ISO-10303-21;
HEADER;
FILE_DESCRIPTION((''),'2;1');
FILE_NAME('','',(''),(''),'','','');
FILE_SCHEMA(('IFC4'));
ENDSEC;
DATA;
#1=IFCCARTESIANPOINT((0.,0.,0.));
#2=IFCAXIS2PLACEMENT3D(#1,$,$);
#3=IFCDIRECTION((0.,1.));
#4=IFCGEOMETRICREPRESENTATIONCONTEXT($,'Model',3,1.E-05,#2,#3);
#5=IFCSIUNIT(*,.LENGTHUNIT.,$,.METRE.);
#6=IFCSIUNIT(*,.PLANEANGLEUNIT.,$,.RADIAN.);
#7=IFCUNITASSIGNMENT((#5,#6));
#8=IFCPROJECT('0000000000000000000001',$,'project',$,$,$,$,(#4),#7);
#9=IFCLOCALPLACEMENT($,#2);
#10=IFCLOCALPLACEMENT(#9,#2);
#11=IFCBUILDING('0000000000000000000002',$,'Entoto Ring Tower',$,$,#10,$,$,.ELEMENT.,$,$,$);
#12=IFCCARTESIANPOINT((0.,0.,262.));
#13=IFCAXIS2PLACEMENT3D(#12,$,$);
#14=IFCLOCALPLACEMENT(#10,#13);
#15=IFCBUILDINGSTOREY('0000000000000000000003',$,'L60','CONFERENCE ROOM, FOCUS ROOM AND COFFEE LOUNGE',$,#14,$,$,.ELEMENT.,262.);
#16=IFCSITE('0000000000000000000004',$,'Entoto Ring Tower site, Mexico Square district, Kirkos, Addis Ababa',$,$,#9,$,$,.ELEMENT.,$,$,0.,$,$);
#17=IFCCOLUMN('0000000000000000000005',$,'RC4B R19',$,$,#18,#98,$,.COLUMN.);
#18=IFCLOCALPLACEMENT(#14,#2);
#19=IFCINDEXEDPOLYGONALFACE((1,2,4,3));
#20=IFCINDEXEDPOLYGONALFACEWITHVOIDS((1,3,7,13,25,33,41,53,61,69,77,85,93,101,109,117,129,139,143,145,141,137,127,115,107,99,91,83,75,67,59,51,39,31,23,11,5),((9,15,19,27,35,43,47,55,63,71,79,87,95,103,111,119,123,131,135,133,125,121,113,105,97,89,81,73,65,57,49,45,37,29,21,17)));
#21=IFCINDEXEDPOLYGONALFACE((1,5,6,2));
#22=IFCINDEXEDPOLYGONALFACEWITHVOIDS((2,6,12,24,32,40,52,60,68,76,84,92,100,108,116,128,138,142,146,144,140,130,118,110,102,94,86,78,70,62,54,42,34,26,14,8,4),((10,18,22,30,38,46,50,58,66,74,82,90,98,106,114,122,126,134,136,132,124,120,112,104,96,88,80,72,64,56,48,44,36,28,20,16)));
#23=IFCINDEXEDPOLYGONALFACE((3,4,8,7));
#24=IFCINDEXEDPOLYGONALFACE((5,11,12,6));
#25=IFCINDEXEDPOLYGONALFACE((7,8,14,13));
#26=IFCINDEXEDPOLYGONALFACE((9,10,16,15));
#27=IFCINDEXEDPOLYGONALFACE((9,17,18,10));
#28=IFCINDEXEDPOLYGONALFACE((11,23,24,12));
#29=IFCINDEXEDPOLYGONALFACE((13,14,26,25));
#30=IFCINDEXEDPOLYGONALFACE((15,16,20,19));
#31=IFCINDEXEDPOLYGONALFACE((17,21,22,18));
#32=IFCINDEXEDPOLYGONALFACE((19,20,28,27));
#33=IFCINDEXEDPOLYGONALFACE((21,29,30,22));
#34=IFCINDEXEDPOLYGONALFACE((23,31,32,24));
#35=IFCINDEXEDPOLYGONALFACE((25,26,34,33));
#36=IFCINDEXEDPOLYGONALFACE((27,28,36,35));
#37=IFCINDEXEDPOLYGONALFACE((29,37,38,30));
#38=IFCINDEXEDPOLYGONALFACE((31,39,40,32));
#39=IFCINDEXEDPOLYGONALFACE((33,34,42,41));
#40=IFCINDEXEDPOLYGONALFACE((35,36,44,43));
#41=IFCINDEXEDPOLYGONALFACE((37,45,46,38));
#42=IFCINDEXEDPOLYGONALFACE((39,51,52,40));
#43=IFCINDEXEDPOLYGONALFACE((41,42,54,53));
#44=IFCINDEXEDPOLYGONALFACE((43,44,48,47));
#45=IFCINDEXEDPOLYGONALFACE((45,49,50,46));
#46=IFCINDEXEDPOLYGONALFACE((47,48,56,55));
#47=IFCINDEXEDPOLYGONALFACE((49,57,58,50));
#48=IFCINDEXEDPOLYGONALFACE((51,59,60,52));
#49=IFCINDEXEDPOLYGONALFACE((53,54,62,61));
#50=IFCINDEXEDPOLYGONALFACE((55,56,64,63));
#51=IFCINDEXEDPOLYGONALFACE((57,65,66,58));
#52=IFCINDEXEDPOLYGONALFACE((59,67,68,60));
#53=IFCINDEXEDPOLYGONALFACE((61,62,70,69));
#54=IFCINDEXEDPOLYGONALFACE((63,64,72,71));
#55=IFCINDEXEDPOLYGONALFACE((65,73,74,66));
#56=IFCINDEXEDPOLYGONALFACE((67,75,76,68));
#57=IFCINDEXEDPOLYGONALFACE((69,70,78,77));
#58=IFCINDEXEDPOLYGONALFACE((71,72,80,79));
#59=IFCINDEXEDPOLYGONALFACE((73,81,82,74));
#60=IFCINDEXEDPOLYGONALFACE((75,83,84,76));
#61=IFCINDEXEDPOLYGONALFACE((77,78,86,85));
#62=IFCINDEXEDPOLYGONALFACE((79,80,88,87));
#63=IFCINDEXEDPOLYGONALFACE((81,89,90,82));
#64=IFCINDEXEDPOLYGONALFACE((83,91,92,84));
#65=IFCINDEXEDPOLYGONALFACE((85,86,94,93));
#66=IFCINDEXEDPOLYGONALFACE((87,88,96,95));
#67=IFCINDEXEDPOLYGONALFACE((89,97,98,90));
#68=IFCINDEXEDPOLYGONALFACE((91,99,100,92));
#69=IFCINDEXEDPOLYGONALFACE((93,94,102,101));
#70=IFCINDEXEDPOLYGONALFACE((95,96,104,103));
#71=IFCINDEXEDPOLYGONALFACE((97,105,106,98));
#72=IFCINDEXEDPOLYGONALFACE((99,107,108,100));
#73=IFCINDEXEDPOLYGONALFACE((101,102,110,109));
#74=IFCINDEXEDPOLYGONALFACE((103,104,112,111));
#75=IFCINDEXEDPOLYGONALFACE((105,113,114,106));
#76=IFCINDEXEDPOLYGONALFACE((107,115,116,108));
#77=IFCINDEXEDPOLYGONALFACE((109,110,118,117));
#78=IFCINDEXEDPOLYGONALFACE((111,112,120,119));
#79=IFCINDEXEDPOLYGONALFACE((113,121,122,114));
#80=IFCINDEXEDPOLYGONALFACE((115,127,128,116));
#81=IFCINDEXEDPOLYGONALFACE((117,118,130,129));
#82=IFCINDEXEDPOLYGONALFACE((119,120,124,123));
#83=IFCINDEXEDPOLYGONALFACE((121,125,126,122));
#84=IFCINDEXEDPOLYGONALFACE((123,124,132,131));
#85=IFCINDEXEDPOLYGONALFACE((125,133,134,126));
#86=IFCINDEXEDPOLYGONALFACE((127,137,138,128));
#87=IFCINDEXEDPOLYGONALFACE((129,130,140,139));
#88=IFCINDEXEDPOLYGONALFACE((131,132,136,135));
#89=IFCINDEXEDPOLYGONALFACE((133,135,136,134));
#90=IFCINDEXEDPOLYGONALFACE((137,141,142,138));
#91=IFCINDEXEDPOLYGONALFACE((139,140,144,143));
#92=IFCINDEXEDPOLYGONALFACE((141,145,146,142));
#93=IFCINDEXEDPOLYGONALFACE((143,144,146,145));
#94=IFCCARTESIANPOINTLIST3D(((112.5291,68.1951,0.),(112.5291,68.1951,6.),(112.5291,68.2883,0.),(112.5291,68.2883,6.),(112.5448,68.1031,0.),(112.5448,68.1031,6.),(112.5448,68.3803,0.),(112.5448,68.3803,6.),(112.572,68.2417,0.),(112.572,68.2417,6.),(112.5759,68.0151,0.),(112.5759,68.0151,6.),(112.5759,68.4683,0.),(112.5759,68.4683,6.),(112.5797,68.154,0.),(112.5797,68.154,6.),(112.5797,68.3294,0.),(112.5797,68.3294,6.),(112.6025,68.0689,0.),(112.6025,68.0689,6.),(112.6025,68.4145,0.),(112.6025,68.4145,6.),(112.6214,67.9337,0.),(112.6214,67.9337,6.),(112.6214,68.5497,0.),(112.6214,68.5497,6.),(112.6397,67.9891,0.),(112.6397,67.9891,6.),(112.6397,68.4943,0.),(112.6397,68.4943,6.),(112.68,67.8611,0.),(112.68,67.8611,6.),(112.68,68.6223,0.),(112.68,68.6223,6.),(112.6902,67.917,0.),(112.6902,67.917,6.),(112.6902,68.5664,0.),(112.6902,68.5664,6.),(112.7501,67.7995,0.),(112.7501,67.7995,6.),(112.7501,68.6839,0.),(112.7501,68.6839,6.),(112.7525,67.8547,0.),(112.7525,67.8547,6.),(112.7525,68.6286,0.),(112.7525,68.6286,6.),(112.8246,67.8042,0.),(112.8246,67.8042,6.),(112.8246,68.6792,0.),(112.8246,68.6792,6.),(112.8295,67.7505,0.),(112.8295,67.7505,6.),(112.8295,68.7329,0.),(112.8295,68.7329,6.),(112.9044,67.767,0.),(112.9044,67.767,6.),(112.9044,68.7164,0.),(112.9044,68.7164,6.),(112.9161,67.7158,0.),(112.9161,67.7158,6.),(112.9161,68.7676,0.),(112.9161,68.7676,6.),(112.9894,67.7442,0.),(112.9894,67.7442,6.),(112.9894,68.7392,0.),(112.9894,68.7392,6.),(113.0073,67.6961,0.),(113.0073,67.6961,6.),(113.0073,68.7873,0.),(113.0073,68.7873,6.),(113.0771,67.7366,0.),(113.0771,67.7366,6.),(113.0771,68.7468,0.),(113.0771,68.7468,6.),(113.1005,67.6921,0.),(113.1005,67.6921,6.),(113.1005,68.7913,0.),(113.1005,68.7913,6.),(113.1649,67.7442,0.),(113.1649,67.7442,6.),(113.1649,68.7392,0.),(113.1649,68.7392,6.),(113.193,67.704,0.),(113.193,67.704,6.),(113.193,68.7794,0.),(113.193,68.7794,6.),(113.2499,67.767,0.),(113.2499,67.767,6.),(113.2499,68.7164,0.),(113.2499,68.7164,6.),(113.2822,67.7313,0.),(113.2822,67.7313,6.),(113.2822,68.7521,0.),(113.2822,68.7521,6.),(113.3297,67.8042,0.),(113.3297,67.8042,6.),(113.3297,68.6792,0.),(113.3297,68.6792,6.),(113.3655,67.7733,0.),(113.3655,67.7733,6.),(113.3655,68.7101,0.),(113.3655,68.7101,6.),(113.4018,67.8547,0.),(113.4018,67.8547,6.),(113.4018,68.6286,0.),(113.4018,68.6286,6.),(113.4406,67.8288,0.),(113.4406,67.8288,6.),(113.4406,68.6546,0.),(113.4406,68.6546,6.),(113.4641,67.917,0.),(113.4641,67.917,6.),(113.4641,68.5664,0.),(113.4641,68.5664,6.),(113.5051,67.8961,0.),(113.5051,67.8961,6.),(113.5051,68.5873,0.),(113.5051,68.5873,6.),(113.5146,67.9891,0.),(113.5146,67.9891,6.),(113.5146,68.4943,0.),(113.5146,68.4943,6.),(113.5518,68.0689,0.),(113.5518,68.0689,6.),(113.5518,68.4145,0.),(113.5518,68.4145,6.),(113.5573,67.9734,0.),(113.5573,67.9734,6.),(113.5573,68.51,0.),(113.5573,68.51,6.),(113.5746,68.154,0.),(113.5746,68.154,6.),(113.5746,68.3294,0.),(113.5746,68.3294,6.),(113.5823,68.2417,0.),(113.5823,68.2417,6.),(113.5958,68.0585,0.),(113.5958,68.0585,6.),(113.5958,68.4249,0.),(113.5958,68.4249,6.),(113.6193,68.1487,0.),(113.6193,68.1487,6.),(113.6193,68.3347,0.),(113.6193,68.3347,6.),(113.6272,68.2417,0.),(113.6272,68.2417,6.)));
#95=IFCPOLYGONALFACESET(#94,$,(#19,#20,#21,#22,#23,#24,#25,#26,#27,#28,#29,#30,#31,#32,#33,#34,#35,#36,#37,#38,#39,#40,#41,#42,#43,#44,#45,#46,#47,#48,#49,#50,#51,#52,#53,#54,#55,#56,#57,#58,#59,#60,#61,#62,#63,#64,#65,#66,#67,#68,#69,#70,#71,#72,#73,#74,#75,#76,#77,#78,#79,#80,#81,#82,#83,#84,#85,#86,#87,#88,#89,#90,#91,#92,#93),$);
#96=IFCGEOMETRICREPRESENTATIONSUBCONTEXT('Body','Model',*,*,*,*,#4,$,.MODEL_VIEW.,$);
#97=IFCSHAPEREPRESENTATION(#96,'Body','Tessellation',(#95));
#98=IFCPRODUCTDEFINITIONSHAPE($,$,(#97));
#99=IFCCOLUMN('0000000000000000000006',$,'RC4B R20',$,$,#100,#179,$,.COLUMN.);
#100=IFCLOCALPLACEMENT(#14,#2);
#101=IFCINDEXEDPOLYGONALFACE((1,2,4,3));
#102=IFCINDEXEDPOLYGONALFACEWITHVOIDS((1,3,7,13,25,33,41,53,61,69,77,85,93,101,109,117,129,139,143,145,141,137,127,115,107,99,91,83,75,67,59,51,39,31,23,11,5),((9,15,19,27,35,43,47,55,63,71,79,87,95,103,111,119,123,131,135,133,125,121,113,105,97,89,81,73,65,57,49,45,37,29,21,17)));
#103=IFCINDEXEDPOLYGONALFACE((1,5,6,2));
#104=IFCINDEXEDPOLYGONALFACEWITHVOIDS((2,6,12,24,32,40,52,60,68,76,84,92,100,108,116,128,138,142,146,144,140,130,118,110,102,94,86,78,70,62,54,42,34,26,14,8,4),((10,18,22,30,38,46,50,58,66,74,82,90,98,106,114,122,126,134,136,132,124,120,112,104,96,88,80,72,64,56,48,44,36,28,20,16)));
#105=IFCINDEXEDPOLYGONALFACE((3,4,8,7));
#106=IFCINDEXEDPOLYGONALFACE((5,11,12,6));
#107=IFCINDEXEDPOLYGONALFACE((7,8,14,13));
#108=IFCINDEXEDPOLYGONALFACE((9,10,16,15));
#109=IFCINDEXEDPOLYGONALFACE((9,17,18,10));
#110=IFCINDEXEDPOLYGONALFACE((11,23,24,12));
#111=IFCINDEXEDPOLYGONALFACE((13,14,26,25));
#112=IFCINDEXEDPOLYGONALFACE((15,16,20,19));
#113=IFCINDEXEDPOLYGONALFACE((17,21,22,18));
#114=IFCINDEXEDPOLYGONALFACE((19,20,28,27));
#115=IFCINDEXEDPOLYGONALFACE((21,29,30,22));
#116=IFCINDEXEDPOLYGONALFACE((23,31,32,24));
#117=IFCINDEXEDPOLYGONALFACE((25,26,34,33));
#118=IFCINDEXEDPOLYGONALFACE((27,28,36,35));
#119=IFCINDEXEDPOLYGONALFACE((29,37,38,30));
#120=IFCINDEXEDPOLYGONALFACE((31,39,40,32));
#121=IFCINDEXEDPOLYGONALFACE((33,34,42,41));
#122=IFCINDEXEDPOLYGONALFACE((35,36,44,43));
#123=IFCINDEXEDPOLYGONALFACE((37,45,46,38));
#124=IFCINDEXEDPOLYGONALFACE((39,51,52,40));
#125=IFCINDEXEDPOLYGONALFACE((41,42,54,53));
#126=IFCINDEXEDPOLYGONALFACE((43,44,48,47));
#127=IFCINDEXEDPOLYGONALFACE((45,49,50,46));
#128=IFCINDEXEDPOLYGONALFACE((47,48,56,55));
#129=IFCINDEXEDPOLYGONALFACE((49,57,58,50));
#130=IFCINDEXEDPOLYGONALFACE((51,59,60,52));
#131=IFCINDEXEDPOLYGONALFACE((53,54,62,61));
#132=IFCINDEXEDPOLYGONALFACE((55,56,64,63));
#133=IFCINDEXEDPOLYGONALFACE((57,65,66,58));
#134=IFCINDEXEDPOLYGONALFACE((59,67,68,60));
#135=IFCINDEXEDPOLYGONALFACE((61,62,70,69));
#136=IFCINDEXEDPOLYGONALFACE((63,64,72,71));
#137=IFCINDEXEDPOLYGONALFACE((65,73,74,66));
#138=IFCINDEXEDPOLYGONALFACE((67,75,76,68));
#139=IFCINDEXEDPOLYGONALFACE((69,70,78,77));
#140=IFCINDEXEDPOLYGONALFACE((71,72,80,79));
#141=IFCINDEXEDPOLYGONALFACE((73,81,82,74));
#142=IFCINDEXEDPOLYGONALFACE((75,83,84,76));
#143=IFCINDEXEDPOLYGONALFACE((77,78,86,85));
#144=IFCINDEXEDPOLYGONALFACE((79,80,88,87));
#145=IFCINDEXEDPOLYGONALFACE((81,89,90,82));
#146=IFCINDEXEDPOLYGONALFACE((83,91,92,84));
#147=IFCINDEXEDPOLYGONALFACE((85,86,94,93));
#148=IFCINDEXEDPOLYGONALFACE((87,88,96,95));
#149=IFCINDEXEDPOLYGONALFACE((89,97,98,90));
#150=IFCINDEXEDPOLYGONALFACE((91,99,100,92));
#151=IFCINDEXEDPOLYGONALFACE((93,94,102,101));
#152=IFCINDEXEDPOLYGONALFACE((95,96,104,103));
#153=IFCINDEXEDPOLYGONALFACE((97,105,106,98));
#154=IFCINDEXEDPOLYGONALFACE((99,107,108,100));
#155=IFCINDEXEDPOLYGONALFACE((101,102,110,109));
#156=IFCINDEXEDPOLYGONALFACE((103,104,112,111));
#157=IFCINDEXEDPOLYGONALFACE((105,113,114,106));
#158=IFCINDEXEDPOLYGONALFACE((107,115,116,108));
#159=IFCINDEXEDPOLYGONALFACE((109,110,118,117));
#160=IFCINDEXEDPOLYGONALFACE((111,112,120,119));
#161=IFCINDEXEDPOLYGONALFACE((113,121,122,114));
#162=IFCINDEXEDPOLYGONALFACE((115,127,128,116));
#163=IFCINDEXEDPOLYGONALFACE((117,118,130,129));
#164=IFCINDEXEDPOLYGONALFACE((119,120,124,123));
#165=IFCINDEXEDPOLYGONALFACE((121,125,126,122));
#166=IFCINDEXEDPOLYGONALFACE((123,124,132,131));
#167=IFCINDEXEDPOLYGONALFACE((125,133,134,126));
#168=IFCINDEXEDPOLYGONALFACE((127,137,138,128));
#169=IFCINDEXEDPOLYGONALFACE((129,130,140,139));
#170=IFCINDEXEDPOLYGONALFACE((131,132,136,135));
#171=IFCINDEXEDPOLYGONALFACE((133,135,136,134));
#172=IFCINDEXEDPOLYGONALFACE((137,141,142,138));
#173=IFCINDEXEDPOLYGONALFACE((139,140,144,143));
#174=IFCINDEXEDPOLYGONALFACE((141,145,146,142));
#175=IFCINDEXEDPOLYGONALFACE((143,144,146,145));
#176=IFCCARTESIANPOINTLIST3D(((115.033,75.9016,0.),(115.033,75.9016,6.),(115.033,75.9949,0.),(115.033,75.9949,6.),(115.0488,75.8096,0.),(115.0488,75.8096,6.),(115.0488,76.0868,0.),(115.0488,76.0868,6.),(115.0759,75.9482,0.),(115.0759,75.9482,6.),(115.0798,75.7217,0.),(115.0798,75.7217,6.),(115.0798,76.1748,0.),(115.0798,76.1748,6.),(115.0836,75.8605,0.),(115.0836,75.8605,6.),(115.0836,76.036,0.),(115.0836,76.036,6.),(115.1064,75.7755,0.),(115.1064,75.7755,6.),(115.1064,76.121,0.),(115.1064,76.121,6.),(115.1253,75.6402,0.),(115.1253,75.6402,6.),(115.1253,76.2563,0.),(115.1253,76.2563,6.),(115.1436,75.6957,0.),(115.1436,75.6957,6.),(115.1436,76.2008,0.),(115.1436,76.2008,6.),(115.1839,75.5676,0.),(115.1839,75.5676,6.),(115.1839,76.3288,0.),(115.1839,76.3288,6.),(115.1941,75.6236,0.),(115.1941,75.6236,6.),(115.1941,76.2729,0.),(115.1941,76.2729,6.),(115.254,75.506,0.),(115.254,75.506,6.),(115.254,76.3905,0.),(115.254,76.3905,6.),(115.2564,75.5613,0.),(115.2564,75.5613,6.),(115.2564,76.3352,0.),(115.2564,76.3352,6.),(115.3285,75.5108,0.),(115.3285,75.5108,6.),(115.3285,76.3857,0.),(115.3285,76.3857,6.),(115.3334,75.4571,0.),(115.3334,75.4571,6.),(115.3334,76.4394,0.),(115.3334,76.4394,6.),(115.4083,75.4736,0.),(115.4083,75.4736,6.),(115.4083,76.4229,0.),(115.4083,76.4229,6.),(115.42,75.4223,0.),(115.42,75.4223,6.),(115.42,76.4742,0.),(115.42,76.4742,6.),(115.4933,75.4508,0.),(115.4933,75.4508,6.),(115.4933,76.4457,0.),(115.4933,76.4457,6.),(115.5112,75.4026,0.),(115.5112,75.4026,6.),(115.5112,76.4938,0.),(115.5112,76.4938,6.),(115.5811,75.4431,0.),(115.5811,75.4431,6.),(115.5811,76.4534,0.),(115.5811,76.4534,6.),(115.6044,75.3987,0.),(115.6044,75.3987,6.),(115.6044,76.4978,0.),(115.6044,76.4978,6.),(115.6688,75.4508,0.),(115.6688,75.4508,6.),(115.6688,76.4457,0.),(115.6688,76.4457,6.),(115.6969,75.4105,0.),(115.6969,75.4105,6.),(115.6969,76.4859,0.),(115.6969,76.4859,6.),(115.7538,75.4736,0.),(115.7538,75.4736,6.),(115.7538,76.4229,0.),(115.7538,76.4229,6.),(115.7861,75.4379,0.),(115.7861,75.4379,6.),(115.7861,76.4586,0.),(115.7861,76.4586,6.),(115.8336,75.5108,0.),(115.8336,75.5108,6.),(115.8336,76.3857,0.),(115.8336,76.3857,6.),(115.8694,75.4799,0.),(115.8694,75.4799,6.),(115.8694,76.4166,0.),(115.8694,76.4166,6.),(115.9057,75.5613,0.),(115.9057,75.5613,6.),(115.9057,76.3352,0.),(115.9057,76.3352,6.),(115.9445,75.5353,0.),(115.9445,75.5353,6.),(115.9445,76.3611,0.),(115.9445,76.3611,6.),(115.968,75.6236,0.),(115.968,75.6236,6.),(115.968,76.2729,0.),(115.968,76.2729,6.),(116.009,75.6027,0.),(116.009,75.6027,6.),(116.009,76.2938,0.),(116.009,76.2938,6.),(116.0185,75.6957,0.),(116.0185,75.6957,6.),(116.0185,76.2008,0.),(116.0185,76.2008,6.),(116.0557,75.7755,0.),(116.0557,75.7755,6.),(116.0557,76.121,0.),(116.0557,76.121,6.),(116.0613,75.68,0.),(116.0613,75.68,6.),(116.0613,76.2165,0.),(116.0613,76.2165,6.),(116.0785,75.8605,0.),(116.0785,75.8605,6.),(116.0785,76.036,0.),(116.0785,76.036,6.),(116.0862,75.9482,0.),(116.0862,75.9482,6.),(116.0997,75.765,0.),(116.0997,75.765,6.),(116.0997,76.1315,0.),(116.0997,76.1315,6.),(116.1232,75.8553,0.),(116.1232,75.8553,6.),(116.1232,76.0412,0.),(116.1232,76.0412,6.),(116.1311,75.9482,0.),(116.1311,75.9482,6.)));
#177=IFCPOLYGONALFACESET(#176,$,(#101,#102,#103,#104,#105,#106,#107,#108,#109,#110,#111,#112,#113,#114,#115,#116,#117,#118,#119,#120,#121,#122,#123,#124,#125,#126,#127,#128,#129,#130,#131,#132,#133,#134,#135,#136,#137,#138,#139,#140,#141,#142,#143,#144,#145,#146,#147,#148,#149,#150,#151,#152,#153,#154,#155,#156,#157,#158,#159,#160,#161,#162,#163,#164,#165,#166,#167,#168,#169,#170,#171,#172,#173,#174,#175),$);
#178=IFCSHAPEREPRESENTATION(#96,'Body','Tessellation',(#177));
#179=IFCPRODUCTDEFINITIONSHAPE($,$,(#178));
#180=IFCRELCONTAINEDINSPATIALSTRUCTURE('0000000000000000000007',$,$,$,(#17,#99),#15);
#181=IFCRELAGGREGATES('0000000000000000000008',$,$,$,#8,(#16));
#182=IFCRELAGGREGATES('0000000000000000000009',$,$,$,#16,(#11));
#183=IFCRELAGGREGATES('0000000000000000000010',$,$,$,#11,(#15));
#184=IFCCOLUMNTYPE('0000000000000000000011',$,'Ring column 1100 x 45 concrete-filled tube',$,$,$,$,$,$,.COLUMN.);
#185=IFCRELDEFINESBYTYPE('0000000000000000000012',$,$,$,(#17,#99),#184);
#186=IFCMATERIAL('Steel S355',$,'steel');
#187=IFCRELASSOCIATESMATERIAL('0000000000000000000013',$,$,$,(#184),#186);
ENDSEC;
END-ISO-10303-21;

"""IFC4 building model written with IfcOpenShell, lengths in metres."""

from ifc_helpers import new_model, si_unit, direction, frame, origin, origin_2d, place, context, subcontext, project, spatial, circle, hollow_circle, extrude, material, material_profile, profile_set, type_object, element, save


model = new_model("IFC4")

# Units and contexts
model_context = context("Model", 3, precision=1e-05, world=origin(), true_north=direction((0.0, 1.0)))
body_context = subcontext(model_context, "Body", "Model", "MODEL_VIEW")
ifc_project = project(units=[si_unit("LENGTHUNIT", "METRE"), si_unit("PLANEANGLEUNIT", "RADIAN")], contexts=[model_context])

# Site, building, storey
site_placement = place(None, origin())
site = spatial("IfcSite", under=ifc_project, at=site_placement, Name="Entoto Ring Tower site, Mexico Square district, Kirkos, Addis Ababa", CompositionType="ELEMENT", RefElevation=0.0)
building_placement = place(site_placement, origin())
building = spatial("IfcBuilding", under=site, at=building_placement, Name="Entoto Ring Tower", CompositionType="ELEMENT")
storey_placement = place(building_placement, frame((0.0, 0.0, 262.0)))
storey = spatial("IfcBuildingStorey", under=building, at=storey_placement, Name="L60", Description="CONFERENCE ROOM, FOCUS ROOM AND COFFEE LOUNGE", CompositionType="ELEMENT", Elevation=262.0)

# Columns
ifc_material_1 = material(Name="Steel S355", Category="steel")
ifc_material_profile_1 = material_profile(ifc_material_1, hollow_circle(Radius=0.55, WallThickness=0.0449, at=origin_2d()), Name="CHS 1100 x 45")
ifc_material_2 = material(Name="Concrete C60/75", Category="concrete")
ifc_material_profile_2 = material_profile(ifc_material_2, circle(Radius=0.5049, at=origin_2d()), Name="Concrete C60/75 infill")
ifc_profile_set_1 = profile_set([ifc_material_profile_1, ifc_material_profile_2], Name="Steel S355")
column_type = type_object("IfcColumnType", Name="Ring column 1100 x 45 concrete-filled tube", PredefinedType="COLUMN", material=ifc_profile_set_1)
for number, where, z_axis, x_axis, name in (
    (1, (113.0771, 68.2417, 0.0), (0.0, 0.0, 1.0), (1.0, 0.0, 0.0), "RC4B R19"),
    (2, (115.5811, 75.9482, 0.0), (0.0, 0.0, 1.0), (1.0, 0.0, 0.0), "RC4B R20"),
):
    element("IfcColumn", number, at=place(storey_placement, frame(where, z_axis=z_axis, x_axis=x_axis)), inside=storey, type_object=column_type, Name=name, PredefinedType="COLUMN", context=body_context, shape_type="SweptSolid", body=[
        extrude(hollow_circle(Radius=0.55, WallThickness=0.0449, at=origin_2d()), origin(), (0.0, 0.0, 1.0), 6.0),
    ])

save(model, "model.ifc")
